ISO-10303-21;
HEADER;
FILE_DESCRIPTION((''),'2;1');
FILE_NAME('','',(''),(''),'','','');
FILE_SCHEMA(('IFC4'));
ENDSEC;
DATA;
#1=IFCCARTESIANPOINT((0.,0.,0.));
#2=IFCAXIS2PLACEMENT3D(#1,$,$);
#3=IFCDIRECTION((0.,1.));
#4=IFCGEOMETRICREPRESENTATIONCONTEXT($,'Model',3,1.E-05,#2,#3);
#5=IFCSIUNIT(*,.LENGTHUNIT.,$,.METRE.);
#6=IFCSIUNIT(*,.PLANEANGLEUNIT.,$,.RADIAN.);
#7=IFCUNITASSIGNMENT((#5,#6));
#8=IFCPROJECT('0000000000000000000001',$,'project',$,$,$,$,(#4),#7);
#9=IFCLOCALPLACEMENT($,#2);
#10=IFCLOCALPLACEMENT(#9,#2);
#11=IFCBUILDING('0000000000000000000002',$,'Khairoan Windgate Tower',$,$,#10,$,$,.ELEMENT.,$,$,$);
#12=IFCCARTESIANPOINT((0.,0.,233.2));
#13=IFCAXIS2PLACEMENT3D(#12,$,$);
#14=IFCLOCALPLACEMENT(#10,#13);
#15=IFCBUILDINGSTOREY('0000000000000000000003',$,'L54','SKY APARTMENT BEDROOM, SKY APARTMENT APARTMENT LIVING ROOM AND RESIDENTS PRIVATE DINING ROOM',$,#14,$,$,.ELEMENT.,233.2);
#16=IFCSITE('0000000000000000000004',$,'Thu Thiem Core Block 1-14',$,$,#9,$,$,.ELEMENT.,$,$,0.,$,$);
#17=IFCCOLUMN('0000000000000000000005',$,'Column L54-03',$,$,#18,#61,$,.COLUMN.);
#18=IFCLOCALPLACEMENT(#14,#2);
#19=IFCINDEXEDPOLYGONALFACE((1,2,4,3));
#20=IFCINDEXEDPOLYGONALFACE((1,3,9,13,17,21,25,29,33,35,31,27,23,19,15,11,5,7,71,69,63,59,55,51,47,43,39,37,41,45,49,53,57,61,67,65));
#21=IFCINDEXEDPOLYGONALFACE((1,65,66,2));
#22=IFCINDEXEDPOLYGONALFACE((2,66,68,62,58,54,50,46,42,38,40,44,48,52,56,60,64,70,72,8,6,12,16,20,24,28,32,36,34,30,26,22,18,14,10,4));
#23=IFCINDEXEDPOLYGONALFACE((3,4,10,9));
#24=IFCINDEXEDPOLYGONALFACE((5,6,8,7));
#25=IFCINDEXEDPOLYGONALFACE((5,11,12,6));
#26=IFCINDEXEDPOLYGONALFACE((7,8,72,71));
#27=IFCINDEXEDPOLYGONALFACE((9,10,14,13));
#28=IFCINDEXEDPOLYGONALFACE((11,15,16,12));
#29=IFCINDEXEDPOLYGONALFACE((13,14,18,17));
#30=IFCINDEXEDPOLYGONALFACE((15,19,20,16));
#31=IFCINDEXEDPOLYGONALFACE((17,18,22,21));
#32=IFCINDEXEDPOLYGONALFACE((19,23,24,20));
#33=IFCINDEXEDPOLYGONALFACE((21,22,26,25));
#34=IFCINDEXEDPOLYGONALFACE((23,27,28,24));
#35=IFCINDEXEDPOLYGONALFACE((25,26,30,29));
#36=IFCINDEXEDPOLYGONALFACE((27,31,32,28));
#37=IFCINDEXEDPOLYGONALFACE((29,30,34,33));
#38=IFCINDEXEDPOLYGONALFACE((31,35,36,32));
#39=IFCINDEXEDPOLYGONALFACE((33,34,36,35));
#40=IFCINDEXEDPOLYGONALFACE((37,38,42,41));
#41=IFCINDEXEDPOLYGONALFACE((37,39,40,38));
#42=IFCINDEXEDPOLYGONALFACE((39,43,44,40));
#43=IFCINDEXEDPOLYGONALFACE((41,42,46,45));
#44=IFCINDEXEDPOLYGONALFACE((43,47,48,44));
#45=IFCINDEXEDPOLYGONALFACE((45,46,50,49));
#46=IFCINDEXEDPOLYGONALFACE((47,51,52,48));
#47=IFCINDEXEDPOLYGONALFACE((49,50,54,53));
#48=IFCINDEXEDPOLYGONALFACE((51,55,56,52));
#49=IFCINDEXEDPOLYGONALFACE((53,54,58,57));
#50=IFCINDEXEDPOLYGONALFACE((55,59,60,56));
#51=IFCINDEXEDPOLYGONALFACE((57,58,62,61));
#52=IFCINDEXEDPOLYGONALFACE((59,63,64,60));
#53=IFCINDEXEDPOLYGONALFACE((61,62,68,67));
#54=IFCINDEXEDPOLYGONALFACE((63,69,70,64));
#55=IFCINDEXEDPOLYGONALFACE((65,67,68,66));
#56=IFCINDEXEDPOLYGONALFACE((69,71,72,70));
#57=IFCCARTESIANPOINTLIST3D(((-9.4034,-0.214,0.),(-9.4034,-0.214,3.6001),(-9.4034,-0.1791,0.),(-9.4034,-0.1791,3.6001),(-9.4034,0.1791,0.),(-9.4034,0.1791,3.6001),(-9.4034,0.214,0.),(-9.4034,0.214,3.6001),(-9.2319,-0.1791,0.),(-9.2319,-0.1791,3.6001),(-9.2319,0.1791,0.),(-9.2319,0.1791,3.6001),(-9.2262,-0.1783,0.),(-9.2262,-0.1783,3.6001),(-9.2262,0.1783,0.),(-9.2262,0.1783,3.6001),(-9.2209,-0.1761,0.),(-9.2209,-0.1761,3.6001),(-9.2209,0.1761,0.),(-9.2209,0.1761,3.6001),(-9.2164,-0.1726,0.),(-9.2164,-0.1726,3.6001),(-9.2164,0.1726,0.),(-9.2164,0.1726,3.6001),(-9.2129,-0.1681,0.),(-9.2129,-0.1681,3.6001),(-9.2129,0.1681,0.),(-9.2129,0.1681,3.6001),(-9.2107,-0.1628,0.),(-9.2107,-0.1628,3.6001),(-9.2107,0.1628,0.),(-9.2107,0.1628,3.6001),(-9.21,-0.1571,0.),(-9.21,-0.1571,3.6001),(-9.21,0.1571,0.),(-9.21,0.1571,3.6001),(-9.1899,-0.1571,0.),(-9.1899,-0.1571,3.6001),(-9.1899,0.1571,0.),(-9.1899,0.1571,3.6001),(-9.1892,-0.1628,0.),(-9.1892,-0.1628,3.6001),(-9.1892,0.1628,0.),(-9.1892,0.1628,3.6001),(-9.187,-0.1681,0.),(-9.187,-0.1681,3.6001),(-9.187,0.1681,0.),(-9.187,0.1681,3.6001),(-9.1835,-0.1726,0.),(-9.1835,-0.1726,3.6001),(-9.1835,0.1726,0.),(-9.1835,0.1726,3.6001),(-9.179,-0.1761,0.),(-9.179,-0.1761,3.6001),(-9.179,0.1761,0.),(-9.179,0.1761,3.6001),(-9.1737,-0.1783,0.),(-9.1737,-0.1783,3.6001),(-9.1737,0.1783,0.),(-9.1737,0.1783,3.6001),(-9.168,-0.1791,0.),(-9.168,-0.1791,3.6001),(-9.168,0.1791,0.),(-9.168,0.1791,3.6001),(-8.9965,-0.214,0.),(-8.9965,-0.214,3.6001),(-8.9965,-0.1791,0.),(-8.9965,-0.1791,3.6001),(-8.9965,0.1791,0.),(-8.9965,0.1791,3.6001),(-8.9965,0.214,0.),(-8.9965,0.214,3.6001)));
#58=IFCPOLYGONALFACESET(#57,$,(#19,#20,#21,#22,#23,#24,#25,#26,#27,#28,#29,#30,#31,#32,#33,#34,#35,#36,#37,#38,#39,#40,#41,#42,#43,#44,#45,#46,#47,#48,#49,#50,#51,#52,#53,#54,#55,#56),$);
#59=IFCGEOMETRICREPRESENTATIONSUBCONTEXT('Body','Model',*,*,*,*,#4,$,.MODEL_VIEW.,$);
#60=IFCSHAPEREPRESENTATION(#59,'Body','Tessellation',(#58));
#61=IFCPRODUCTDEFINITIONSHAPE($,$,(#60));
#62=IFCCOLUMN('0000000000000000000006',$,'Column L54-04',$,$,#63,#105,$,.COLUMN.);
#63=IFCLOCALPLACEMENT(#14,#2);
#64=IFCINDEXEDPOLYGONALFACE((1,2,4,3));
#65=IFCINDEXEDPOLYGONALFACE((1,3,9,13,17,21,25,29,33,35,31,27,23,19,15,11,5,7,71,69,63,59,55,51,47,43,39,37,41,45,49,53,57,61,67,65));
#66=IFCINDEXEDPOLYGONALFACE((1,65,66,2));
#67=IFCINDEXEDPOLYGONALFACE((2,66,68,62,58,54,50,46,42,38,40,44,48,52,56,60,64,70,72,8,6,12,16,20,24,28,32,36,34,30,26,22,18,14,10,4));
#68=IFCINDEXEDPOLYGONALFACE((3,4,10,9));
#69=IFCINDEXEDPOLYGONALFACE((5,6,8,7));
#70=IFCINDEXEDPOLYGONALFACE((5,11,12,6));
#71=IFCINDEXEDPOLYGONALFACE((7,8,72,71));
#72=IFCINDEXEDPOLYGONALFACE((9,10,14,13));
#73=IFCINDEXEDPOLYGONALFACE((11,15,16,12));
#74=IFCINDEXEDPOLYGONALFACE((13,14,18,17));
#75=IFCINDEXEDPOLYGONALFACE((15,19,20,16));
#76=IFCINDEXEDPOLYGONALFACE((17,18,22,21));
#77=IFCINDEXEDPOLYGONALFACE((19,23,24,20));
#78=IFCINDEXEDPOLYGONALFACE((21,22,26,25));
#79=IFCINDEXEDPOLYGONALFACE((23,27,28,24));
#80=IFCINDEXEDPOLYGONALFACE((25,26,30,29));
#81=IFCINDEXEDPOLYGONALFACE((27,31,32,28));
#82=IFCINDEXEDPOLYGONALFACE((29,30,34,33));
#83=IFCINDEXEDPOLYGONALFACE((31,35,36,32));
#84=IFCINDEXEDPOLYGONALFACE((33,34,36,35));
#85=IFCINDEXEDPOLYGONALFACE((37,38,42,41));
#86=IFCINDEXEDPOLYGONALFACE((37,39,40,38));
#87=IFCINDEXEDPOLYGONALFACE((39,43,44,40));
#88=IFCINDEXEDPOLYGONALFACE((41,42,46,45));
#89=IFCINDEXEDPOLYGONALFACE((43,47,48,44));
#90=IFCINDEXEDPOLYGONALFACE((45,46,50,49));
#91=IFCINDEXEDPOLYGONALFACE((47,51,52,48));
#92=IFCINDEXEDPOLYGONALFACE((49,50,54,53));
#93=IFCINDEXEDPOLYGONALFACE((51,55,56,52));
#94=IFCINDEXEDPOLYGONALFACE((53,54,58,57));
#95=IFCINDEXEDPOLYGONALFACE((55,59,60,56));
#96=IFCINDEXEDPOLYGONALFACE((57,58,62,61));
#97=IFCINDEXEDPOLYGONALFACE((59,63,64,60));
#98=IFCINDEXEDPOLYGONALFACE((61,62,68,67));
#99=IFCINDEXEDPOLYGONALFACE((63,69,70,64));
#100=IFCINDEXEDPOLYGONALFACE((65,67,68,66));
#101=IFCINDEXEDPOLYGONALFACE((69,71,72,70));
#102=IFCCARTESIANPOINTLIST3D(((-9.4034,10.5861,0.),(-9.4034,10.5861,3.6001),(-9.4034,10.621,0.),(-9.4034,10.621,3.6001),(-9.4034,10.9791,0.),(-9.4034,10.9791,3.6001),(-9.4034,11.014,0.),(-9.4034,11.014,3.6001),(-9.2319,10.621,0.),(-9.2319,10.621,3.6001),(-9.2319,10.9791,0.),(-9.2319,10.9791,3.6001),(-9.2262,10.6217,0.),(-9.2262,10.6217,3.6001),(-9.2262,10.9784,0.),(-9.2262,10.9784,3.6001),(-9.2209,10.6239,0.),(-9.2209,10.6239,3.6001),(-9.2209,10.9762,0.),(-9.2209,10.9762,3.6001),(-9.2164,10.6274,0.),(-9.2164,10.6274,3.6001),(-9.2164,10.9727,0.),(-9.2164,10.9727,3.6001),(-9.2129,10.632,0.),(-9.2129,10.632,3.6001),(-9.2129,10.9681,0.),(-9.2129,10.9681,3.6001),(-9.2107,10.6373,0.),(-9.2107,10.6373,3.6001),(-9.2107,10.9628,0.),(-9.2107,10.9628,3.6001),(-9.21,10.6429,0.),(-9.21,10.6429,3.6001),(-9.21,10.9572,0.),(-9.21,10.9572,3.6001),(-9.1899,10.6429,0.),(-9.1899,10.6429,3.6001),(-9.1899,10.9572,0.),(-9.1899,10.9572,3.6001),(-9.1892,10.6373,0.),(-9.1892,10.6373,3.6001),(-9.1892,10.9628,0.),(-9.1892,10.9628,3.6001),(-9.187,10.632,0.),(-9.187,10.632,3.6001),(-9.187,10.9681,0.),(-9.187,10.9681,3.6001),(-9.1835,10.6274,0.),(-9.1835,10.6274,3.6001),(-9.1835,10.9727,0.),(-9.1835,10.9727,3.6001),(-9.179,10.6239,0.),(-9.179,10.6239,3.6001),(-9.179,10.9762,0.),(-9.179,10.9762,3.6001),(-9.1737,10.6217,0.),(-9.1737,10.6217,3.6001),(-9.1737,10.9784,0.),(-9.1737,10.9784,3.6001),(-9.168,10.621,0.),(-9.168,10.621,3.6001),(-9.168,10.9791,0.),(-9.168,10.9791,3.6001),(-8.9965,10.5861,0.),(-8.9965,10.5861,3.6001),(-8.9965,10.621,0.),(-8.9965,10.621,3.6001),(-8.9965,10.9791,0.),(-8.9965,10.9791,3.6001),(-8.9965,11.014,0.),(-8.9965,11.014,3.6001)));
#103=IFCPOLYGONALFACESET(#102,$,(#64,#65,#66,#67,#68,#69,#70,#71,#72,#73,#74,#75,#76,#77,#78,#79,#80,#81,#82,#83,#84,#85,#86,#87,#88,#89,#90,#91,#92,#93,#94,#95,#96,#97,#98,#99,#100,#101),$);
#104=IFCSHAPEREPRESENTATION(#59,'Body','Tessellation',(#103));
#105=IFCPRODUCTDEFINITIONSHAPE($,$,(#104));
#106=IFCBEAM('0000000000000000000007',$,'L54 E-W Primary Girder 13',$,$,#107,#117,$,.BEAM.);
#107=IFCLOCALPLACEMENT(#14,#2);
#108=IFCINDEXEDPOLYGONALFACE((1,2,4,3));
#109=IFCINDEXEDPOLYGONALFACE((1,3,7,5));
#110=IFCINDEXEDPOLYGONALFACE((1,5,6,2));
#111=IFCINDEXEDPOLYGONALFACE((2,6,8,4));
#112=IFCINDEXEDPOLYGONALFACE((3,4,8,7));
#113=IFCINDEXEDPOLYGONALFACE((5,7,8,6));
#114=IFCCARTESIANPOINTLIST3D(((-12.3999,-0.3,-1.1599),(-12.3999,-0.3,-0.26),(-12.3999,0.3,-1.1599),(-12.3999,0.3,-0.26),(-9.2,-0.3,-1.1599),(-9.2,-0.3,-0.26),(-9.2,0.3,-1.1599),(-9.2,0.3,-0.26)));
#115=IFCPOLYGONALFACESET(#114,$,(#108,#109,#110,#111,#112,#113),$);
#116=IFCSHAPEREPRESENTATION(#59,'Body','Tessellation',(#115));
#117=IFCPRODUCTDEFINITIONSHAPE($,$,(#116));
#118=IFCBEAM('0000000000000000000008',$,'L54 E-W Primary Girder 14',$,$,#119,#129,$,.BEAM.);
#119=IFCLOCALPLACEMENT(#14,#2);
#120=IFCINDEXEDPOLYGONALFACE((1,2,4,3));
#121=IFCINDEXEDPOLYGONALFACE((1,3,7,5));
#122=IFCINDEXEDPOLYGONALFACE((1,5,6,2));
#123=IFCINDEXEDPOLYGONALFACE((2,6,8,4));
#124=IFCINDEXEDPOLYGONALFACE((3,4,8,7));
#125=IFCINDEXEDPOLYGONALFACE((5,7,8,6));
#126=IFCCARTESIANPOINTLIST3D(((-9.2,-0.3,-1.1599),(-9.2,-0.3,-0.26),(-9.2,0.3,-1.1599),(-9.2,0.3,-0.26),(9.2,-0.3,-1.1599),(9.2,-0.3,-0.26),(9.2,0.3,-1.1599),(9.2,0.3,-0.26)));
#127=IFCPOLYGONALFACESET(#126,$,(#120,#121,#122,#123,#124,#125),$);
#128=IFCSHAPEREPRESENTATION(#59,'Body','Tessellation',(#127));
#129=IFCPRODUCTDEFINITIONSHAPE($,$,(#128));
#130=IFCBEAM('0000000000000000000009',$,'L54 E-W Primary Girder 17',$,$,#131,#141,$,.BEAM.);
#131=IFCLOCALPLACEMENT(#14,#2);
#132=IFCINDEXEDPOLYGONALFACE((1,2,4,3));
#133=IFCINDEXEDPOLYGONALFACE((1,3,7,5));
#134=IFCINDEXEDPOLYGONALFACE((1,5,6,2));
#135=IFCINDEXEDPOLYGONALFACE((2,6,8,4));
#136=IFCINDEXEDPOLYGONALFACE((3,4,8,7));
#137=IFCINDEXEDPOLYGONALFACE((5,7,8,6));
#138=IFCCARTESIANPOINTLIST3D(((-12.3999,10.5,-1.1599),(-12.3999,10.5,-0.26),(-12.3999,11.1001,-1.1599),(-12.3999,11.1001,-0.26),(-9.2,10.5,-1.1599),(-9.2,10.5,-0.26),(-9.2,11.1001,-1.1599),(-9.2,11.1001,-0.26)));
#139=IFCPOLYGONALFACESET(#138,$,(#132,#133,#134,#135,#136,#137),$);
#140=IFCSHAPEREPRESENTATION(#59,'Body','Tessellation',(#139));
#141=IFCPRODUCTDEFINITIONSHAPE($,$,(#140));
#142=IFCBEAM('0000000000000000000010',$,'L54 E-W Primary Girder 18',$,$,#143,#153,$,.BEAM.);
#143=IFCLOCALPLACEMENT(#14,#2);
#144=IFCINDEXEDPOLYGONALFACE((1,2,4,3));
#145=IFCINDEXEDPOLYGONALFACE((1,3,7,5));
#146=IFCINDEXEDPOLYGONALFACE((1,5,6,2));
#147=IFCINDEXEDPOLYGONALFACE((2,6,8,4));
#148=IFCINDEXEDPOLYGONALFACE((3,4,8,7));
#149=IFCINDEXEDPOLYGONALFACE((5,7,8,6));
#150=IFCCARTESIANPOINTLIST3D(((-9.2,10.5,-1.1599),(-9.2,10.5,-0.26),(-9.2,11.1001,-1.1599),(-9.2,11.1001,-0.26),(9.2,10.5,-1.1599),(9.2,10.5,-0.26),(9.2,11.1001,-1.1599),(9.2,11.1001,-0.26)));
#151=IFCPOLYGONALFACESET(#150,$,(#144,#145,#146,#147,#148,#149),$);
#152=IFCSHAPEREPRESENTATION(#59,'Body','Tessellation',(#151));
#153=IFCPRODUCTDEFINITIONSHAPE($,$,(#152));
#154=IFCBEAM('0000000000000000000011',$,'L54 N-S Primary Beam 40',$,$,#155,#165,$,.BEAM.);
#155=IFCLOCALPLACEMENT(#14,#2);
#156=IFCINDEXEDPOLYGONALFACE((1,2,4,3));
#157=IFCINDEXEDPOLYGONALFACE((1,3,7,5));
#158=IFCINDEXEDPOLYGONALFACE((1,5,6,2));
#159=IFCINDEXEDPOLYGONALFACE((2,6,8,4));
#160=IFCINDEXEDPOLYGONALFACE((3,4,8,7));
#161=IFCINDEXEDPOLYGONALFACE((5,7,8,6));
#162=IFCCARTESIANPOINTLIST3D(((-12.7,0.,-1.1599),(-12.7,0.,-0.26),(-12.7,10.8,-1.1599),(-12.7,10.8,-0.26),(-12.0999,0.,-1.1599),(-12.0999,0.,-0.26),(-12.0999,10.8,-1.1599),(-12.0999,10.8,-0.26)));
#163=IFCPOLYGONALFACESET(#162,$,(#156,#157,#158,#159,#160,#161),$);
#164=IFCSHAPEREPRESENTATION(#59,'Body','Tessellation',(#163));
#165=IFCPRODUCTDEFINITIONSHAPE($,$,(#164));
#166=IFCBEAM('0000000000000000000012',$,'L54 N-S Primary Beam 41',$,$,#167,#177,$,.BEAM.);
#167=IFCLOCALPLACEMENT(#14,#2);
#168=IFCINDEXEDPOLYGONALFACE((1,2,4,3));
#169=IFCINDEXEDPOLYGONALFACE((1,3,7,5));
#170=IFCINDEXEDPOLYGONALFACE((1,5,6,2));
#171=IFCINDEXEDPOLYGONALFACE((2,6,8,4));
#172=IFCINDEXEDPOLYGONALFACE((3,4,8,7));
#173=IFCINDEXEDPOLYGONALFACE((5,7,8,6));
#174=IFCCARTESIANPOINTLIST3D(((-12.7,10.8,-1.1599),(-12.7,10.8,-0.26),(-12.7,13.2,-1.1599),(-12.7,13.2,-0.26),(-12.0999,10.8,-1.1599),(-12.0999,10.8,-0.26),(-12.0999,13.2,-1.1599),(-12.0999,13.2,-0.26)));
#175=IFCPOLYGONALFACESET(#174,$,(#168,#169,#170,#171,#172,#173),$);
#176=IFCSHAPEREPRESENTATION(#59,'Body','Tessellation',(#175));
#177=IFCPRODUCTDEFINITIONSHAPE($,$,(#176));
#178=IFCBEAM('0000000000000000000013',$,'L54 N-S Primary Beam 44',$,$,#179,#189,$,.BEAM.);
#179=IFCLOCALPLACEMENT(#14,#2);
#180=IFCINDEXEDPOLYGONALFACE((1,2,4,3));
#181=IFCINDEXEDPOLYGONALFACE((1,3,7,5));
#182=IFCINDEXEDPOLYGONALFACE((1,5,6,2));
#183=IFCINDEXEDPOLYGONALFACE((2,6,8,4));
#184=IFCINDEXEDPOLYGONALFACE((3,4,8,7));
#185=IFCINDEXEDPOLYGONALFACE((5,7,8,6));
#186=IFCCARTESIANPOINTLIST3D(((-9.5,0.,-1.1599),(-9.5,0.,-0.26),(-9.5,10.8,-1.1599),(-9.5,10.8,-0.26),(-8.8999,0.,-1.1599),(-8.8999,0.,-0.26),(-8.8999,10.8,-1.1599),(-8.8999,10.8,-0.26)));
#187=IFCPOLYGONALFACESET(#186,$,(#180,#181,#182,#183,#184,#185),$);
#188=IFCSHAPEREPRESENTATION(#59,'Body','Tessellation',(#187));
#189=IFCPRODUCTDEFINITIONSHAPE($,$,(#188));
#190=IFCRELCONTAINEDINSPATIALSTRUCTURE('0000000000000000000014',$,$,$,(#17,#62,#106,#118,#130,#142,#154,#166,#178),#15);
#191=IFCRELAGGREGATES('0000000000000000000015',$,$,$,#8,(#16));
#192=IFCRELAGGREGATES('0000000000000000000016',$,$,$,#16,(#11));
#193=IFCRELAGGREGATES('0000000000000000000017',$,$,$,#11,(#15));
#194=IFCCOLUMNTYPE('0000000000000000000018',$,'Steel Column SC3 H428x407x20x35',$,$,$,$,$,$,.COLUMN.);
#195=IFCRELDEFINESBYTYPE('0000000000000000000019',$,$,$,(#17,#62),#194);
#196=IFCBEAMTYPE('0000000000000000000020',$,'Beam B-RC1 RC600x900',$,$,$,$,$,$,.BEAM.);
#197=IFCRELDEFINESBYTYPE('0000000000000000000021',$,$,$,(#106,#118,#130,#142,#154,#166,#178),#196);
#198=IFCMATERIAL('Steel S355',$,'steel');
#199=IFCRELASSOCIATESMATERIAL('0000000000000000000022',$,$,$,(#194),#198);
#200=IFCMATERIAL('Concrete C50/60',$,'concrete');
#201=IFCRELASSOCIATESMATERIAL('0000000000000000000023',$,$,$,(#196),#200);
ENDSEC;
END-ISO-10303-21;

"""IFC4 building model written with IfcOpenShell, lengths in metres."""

from ifc_helpers import new_model, si_unit, direction, frame, origin, origin_2d, place, context, subcontext, project, spatial, rectangle, i_section, extrude, material, material_profile, profile_set, type_object, element, save


model = new_model("IFC4")

# Units and contexts
model_context = context("Model", 3, precision=1e-05, world=origin(), true_north=direction((0.0, 1.0)))
body_context = subcontext(model_context, "Body", "Model", "MODEL_VIEW")
ifc_project = project(units=[si_unit("LENGTHUNIT", "METRE"), si_unit("PLANEANGLEUNIT", "RADIAN")], contexts=[model_context])

# Site, building, storey
site_placement = place(None, origin())
site = spatial("IfcSite", under=ifc_project, at=site_placement, Name="Thu Thiem Core Block 1-14", CompositionType="ELEMENT", RefElevation=0.0)
building_placement = place(site_placement, origin())
building = spatial("IfcBuilding", under=site, at=building_placement, Name="Khairoan Windgate Tower", CompositionType="ELEMENT")
storey_placement = place(building_placement, frame((0.0, 0.0, 233.2)))
storey = spatial("IfcBuildingStorey", under=building, at=storey_placement, Name="L54", Description="SKY APARTMENT BEDROOM, SKY APARTMENT APARTMENT LIVING ROOM AND RESIDENTS PRIVATE DINING ROOM", CompositionType="ELEMENT", Elevation=233.2)

# Columns
ifc_material_1 = material(Name="Steel S355", Category="steel")
ifc_material_profile_1 = material_profile(ifc_material_1, i_section(OverallWidth=0.407, OverallDepth=0.428, WebThickness=0.02, FlangeThickness=0.0349, FilletRadius=0.022, at=origin_2d()))
ifc_profile_set_1 = profile_set([ifc_material_profile_1], Name="Steel S355")
column_type = type_object("IfcColumnType", Name="Steel Column SC3 H428x407x20x35", PredefinedType="COLUMN", material=ifc_profile_set_1)
for number, where, z_axis, x_axis, name in (
    (1, (-9.2, 0.0, 0.0), (0.0, 0.0, 1.0), (1.0, 0.0, 0.0), "Column L54-03"),
    (2, (-9.2, 10.8, 0.0), (0.0, 0.0, 1.0), (1.0, 0.0, 0.0), "Column L54-04"),
):
    element("IfcColumn", number, at=place(storey_placement, frame(where, z_axis=z_axis, x_axis=x_axis)), inside=storey, type_object=column_type, Name=name, PredefinedType="COLUMN", context=body_context, shape_type="SweptSolid", body=[
        extrude(i_section(OverallWidth=0.407, OverallDepth=0.428, WebThickness=0.02, FlangeThickness=0.0349, FilletRadius=0.022, at=origin_2d()), origin(), (0.0, 0.0, 1.0), 3.6001),
    ])

# Beams
ifc_material_2 = material(Name="Concrete C50/60", Category="concrete")
ifc_material_profile_2 = material_profile(ifc_material_2, rectangle(XDim=0.6001, YDim=0.8999, at=origin_2d()))
ifc_profile_set_2 = profile_set([ifc_material_profile_2], Name="Concrete C50/60")
beam_type = type_object("IfcBeamType", Name="Beam B-RC1 RC600x900", PredefinedType="BEAM", material=ifc_profile_set_2)
beam_1_placement = place(storey_placement, frame((-12.3999, 0.0, -0.71), z_axis=(1.0, 0.0, 0.0), x_axis=(0.0, 1.0, 0.0)))
element("IfcBeam", 3, at=beam_1_placement, inside=storey, type_object=beam_type, Name="L54 E-W Primary Girder 13", PredefinedType="BEAM", context=body_context, shape_type="SweptSolid", body=[
    extrude(rectangle(XDim=0.6001, YDim=0.8999, at=origin_2d()), origin(), (0.0, 0.0, 1.0), 3.2),
])
beam_2_placement = place(storey_placement, frame((-9.2, 0.0, -0.71), z_axis=(1.0, 0.0, 0.0), x_axis=(0.0, 1.0, 0.0)))
element("IfcBeam", 4, at=beam_2_placement, inside=storey, type_object=beam_type, Name="L54 E-W Primary Girder 14", PredefinedType="BEAM", context=body_context, shape_type="SweptSolid", body=[
    extrude(rectangle(XDim=0.6001, YDim=0.8999, at=origin_2d()), origin(), (0.0, 0.0, 1.0), 18.3999),
])
beam_3_placement = place(storey_placement, frame((-12.3999, 10.8, -0.71), z_axis=(1.0, 0.0, 0.0), x_axis=(0.0, 1.0, 0.0)))
element("IfcBeam", 5, at=beam_3_placement, inside=storey, type_object=beam_type, Name="L54 E-W Primary Girder 17", PredefinedType="BEAM", context=body_context, shape_type="SweptSolid", body=[
    extrude(rectangle(XDim=0.6001, YDim=0.8999, at=origin_2d()), origin(), (0.0, 0.0, 1.0), 3.2),
])
beam_4_placement = place(storey_placement, frame((-9.2, 10.8, -0.71), z_axis=(1.0, 0.0, 0.0), x_axis=(0.0, 1.0, 0.0)))
element("IfcBeam", 6, at=beam_4_placement, inside=storey, type_object=beam_type, Name="L54 E-W Primary Girder 18", PredefinedType="BEAM", context=body_context, shape_type="SweptSolid", body=[
    extrude(rectangle(XDim=0.6001, YDim=0.8999, at=origin_2d()), origin(), (0.0, 0.0, 1.0), 18.3999),
])
beam_5_placement = place(storey_placement, frame((-12.3999, 0.0, -0.71), z_axis=(0.0, 1.0, 0.0), x_axis=(-1.0, 0.0, 0.0)))
element("IfcBeam", 7, at=beam_5_placement, inside=storey, type_object=beam_type, Name="L54 N-S Primary Beam 40", PredefinedType="BEAM", context=body_context, shape_type="SweptSolid", body=[
    extrude(rectangle(XDim=0.6001, YDim=0.8999, at=origin_2d()), origin(), (0.0, 0.0, 1.0), 10.8),
])
beam_6_placement = place(storey_placement, frame((-12.3999, 10.8, -0.71), z_axis=(0.0, 1.0, 0.0), x_axis=(-1.0, 0.0, 0.0)))
element("IfcBeam", 8, at=beam_6_placement, inside=storey, type_object=beam_type, Name="L54 N-S Primary Beam 41", PredefinedType="BEAM", context=body_context, shape_type="SweptSolid", body=[
    extrude(rectangle(XDim=0.6001, YDim=0.8999, at=origin_2d()), origin(), (0.0, 0.0, 1.0), 2.3999),
])
beam_7_placement = place(storey_placement, frame((-9.2, 0.0, -0.71), z_axis=(0.0, 1.0, 0.0), x_axis=(-1.0, 0.0, 0.0)))
element("IfcBeam", 9, at=beam_7_placement, inside=storey, type_object=beam_type, Name="L54 N-S Primary Beam 44", PredefinedType="BEAM", context=body_context, shape_type="SweptSolid", body=[
    extrude(rectangle(XDim=0.6001, YDim=0.8999, at=origin_2d()), origin(), (0.0, 0.0, 1.0), 10.8),
])

save(model, "model.ifc")
